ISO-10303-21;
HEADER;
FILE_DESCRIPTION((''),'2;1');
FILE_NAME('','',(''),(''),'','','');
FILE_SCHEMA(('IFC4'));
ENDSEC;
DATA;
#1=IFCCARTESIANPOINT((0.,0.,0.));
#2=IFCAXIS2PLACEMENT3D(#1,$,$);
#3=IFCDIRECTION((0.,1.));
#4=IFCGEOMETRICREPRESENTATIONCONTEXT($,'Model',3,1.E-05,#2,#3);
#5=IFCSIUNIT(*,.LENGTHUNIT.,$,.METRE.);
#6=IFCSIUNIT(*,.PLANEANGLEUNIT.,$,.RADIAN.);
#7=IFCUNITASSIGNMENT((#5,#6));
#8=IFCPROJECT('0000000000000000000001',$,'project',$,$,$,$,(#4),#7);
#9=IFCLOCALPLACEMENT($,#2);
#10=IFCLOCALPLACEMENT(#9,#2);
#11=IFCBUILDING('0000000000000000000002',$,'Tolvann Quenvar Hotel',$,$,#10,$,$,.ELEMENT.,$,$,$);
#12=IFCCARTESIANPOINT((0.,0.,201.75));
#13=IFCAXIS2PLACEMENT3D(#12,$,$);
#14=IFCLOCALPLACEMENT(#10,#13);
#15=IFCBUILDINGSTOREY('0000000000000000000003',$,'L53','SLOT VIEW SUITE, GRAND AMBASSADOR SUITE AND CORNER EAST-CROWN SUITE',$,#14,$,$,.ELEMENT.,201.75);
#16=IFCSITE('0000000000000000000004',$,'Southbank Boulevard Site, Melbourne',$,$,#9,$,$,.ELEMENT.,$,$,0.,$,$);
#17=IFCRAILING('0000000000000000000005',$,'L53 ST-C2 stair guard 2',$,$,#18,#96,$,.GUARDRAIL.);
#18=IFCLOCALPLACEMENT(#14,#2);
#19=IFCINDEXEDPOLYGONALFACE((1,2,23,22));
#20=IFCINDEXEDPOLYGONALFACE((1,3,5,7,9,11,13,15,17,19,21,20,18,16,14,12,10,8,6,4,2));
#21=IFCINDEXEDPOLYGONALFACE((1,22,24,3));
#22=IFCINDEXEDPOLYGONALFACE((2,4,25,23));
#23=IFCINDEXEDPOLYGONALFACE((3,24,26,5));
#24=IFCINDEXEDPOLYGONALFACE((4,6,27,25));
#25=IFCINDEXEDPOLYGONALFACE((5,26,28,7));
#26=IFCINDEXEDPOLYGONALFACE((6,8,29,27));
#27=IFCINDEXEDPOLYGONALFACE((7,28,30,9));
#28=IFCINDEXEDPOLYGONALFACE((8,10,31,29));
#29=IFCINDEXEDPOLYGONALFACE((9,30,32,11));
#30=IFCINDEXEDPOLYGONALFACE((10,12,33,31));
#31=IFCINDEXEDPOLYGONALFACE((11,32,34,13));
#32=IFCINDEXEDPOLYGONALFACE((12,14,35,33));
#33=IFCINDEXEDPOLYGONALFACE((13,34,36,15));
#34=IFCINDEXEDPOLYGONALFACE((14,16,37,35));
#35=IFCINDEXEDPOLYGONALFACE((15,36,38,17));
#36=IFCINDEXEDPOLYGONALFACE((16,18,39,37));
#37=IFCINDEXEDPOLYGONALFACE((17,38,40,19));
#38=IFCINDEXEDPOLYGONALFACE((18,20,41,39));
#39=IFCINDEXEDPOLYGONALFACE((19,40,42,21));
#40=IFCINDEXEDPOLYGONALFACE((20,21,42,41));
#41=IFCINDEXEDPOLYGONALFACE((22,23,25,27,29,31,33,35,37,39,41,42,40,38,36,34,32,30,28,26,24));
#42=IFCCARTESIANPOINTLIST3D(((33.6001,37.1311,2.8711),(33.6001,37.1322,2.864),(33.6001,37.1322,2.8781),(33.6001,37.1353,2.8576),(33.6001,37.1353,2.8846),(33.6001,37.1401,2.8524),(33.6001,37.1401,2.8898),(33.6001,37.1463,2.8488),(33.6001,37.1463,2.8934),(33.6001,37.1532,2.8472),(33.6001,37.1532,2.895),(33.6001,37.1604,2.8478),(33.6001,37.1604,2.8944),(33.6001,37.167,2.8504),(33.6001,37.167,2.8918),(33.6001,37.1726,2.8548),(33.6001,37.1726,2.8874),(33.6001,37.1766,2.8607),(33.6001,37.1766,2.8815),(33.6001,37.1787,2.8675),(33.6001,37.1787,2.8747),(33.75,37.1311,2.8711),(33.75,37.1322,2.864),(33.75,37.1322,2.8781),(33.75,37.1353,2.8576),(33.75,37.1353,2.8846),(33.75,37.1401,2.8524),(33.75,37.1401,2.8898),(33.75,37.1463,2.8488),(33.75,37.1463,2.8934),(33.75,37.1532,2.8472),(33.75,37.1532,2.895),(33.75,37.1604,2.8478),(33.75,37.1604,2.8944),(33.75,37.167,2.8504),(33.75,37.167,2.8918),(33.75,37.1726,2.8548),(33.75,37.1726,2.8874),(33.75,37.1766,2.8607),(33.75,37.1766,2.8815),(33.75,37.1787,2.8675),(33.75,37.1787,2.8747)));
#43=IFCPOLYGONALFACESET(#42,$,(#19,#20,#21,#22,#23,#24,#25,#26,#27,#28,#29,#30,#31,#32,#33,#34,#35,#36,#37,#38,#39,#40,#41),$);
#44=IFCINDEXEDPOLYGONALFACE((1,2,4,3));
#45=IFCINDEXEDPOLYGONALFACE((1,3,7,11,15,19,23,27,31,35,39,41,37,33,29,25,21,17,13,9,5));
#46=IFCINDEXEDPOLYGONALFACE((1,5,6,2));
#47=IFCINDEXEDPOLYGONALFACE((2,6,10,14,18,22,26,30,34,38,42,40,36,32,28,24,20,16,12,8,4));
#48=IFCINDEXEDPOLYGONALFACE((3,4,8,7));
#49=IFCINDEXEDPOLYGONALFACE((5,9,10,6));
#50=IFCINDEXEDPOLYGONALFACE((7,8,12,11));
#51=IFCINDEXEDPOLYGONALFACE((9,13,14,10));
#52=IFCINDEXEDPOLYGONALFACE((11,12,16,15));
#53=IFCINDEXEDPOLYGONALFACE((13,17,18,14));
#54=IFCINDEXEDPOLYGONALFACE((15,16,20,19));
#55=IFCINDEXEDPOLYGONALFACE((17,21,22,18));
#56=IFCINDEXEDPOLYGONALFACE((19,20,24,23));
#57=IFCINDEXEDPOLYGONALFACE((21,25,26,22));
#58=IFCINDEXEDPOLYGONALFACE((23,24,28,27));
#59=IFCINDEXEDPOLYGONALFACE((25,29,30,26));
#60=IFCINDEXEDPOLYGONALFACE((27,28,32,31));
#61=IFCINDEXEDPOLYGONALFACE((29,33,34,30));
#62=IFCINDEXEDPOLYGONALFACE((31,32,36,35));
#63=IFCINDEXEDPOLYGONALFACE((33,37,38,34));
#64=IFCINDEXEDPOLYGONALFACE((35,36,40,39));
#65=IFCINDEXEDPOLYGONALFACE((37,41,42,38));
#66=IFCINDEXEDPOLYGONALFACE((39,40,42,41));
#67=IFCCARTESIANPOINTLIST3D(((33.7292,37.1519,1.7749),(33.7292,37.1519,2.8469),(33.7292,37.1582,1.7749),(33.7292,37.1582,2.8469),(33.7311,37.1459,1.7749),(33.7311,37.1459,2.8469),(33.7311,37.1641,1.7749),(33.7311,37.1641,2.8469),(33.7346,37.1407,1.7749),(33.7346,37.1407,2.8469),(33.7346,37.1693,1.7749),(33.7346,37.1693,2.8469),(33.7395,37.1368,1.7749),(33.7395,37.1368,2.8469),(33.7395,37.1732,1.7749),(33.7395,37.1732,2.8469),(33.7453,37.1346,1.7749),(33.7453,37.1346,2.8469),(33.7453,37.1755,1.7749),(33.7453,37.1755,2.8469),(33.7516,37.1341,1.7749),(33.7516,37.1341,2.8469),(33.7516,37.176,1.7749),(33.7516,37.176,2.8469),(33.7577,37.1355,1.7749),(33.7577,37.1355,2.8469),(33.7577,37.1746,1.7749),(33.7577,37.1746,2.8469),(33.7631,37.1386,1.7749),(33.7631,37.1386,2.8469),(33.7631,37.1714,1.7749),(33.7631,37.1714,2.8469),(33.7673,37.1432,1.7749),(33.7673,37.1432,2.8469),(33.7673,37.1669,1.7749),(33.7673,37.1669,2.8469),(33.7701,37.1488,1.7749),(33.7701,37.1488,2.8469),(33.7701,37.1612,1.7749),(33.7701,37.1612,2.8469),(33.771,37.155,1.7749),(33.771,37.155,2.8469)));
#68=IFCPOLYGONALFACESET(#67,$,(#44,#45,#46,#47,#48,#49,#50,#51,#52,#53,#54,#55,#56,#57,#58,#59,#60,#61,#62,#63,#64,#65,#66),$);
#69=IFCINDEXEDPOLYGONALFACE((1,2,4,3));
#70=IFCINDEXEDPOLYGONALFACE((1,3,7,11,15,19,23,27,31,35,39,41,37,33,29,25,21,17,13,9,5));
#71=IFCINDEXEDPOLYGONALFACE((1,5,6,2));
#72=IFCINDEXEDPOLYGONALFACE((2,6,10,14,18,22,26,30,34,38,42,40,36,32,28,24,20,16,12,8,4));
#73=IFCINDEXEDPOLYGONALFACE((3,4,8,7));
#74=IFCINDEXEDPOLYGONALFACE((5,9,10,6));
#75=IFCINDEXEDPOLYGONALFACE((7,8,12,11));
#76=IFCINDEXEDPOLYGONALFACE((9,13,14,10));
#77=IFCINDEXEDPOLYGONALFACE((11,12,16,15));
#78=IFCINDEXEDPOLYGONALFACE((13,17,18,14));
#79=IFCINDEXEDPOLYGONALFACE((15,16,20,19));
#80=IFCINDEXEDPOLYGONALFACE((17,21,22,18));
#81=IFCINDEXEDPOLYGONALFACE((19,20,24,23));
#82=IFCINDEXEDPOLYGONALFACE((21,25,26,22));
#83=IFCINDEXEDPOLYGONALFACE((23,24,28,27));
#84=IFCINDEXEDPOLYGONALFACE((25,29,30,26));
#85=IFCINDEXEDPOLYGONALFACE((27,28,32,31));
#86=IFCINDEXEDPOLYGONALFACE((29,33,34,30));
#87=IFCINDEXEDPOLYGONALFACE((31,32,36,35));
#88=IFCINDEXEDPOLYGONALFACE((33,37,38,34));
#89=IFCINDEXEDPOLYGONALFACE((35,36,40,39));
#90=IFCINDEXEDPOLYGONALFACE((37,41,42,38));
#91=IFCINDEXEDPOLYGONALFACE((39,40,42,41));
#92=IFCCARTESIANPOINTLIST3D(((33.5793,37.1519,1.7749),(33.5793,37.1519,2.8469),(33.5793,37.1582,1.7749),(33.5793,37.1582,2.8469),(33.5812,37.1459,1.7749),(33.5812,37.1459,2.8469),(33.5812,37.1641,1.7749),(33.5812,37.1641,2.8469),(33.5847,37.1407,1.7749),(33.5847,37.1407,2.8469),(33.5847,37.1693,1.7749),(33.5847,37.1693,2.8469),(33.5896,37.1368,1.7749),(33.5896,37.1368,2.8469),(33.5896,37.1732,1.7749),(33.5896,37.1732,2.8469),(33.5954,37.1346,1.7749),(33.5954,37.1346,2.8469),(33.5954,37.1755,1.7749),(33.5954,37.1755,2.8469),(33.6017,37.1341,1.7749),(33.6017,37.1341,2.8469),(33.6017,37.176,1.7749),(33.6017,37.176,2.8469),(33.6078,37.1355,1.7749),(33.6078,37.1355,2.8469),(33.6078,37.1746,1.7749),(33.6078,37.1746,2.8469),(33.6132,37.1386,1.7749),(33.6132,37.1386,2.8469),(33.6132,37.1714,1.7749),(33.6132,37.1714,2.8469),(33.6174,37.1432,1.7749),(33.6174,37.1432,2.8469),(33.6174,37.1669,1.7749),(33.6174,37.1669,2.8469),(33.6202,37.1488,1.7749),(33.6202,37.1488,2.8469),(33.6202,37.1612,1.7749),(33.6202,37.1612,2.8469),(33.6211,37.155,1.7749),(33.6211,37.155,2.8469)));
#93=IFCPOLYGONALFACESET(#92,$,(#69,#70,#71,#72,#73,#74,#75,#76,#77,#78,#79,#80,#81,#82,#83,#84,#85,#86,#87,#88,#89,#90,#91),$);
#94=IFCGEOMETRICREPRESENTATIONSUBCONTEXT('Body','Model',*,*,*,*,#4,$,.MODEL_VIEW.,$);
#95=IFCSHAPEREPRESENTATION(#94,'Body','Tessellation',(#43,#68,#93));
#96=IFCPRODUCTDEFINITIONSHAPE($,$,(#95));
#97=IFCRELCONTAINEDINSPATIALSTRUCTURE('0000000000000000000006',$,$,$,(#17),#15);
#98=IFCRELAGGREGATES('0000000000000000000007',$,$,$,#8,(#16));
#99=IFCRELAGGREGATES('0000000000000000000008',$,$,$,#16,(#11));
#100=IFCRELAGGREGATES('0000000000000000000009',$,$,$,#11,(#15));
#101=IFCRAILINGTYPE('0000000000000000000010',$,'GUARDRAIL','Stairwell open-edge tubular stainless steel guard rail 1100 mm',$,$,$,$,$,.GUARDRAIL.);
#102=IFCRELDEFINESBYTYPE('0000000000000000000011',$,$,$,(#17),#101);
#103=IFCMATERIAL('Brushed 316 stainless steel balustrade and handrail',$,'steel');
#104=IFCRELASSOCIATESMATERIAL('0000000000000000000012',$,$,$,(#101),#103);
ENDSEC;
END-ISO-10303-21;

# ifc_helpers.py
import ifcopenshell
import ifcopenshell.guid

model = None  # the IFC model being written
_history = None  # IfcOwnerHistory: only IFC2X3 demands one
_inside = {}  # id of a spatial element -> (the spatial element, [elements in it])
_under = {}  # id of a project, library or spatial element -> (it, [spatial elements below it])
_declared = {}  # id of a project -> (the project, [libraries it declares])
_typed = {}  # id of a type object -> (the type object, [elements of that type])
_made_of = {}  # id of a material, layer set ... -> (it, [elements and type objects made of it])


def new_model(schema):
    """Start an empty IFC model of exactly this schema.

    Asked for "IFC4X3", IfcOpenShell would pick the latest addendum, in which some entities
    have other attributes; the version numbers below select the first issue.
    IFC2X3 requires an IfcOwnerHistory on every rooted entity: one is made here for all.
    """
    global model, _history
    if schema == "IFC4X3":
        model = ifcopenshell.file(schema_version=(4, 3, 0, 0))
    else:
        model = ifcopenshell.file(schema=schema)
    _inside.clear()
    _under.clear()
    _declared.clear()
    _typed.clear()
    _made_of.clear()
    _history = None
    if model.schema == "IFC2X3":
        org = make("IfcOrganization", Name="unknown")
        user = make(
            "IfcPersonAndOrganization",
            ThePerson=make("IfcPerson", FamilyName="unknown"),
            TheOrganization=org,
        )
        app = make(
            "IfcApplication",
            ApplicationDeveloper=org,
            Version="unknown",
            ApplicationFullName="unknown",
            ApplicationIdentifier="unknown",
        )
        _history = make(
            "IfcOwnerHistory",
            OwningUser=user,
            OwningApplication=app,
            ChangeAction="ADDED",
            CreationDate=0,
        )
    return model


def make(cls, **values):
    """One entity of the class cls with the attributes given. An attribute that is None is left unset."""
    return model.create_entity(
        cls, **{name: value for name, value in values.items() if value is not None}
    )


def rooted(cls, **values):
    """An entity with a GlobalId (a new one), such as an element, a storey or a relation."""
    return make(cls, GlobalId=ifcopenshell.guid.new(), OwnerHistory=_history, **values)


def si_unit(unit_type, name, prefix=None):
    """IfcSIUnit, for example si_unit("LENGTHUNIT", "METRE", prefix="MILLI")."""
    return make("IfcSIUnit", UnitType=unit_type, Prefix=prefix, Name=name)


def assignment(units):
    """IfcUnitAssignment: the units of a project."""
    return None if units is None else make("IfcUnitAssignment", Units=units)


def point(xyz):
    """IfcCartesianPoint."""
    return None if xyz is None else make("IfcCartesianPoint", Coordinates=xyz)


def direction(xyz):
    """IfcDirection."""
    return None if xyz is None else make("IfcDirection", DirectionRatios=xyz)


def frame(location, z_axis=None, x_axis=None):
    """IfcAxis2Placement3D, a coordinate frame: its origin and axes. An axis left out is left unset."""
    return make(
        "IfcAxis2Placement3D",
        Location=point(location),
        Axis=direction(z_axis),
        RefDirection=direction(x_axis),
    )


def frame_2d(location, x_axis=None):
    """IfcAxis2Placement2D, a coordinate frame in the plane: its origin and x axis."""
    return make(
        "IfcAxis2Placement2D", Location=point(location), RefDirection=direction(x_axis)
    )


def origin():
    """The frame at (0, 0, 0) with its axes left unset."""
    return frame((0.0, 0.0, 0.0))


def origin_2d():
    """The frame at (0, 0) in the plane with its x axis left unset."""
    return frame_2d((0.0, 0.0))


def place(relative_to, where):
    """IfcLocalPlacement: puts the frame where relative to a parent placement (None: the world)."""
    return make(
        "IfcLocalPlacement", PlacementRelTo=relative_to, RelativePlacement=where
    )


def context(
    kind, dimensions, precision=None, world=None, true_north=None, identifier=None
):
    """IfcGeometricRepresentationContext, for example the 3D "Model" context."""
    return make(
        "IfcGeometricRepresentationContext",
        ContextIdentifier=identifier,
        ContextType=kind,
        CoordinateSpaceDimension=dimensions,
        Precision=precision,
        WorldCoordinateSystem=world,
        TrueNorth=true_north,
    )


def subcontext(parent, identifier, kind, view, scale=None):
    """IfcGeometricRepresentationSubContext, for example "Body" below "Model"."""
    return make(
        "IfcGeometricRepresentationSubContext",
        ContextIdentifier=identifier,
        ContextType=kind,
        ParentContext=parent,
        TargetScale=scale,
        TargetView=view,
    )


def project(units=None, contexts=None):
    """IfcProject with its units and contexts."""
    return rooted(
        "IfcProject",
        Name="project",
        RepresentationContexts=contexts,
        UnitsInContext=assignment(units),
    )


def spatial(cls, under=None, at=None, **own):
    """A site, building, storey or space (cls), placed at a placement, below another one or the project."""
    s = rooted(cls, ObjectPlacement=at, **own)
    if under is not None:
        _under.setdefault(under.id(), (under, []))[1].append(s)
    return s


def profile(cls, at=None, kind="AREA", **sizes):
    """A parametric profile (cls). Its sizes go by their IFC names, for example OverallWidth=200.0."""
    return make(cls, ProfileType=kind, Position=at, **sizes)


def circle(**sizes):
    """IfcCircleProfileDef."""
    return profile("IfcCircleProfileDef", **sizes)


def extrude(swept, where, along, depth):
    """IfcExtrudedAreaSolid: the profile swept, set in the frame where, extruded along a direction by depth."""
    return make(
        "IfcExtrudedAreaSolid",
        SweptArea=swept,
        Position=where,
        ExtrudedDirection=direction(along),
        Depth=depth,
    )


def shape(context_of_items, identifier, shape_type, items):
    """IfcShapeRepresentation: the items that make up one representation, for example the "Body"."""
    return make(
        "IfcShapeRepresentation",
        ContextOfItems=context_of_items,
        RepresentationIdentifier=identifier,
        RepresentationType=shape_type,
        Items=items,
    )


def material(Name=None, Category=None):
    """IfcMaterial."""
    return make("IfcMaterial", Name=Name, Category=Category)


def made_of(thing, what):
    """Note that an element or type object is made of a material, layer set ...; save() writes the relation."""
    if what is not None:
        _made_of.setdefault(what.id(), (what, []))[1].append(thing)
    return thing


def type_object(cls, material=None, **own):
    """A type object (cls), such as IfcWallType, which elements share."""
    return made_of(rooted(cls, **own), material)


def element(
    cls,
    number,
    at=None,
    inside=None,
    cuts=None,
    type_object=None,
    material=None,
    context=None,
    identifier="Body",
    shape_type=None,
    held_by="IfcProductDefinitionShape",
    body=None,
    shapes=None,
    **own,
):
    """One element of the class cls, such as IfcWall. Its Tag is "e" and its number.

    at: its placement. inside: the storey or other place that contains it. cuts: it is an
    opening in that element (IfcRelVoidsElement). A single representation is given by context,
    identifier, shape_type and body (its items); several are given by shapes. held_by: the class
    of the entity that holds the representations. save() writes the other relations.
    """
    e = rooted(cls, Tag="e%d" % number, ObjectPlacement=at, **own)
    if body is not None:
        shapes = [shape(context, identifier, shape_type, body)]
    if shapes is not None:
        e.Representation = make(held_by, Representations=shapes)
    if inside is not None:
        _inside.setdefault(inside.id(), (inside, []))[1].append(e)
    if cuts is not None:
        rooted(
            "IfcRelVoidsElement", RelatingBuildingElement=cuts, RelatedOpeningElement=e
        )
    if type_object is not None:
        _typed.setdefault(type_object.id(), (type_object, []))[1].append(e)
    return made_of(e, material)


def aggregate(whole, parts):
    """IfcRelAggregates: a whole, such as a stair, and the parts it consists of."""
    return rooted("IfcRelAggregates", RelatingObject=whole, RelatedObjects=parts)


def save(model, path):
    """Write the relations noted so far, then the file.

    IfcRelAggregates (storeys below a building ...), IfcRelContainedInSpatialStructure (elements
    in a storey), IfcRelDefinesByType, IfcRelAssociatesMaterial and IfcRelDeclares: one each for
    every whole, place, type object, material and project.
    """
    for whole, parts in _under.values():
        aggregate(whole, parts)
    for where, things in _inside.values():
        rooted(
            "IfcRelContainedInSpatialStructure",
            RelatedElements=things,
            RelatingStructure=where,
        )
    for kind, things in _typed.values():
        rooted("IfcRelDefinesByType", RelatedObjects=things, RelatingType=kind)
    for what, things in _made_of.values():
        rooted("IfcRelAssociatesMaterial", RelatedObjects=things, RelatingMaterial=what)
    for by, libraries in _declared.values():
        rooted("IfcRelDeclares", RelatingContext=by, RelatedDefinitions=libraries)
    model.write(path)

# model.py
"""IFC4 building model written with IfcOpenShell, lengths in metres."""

from ifc_helpers import new_model, si_unit, direction, frame, origin, origin_2d, place, context, subcontext, project, spatial, circle, extrude, material, type_object, element, save


model = new_model("IFC4")

# Units and contexts
model_context = context("Model", 3, precision=1e-05, world=origin(), true_north=direction((0.0, 1.0)))
body_context = subcontext(model_context, "Body", "Model", "MODEL_VIEW")
ifc_project = project(units=[si_unit("LENGTHUNIT", "METRE"), si_unit("PLANEANGLEUNIT", "RADIAN")], contexts=[model_context])

# Site, building, storey
site_placement = place(None, origin())
site = spatial("IfcSite", under=ifc_project, at=site_placement, Name="Southbank Boulevard Site, Melbourne", CompositionType="ELEMENT", RefElevation=0.0)
building_placement = place(site_placement, origin())
building = spatial("IfcBuilding", under=site, at=building_placement, Name="Tolvann Quenvar Hotel", CompositionType="ELEMENT")
storey_placement = place(building_placement, frame((0.0, 0.0, 201.75)))
storey = spatial("IfcBuildingStorey", under=building, at=storey_placement, Name="L53", Description="SLOT VIEW SUITE, GRAND AMBASSADOR SUITE AND CORNER EAST-CROWN SUITE", CompositionType="ELEMENT", Elevation=201.75)

# Railing
ifc_material_1 = material(Name="Brushed 316 stainless steel balustrade and handrail", Category="steel")
railing_type_1 = type_object("IfcRailingType", Name="GUARDRAIL", Description="Stairwell open-edge tubular stainless steel guard rail 1100 mm", PredefinedType="GUARDRAIL", material=ifc_material_1)
railing_1_placement = place(storey_placement, frame((33.75, 37.155, 1.7749)))
element("IfcRailing", 1, at=railing_1_placement, inside=storey, type_object=railing_type_1, Name="L53 ST-C2 stair guard 2", PredefinedType="GUARDRAIL", context=body_context, shape_type="SweptSolid", body=[
    extrude(circle(Radius=0.0239, at=origin_2d()), frame((0.0, 0.0, 1.0962), z_axis=(-1.0, 0.0, 0.0), x_axis=(0.0, -1.0, 0.0)), (0.0, 0.0, 1.0), 0.1499),
    extrude(circle(Radius=0.021, at=origin_2d()), origin(), (0.0, 0.0, 1.0), 1.072),
    extrude(circle(Radius=0.021, at=origin_2d()), frame((-0.1499, 0.0, 0.0)), (0.0, 0.0, 1.0), 1.072),
])

save(model, "model.ifc")
